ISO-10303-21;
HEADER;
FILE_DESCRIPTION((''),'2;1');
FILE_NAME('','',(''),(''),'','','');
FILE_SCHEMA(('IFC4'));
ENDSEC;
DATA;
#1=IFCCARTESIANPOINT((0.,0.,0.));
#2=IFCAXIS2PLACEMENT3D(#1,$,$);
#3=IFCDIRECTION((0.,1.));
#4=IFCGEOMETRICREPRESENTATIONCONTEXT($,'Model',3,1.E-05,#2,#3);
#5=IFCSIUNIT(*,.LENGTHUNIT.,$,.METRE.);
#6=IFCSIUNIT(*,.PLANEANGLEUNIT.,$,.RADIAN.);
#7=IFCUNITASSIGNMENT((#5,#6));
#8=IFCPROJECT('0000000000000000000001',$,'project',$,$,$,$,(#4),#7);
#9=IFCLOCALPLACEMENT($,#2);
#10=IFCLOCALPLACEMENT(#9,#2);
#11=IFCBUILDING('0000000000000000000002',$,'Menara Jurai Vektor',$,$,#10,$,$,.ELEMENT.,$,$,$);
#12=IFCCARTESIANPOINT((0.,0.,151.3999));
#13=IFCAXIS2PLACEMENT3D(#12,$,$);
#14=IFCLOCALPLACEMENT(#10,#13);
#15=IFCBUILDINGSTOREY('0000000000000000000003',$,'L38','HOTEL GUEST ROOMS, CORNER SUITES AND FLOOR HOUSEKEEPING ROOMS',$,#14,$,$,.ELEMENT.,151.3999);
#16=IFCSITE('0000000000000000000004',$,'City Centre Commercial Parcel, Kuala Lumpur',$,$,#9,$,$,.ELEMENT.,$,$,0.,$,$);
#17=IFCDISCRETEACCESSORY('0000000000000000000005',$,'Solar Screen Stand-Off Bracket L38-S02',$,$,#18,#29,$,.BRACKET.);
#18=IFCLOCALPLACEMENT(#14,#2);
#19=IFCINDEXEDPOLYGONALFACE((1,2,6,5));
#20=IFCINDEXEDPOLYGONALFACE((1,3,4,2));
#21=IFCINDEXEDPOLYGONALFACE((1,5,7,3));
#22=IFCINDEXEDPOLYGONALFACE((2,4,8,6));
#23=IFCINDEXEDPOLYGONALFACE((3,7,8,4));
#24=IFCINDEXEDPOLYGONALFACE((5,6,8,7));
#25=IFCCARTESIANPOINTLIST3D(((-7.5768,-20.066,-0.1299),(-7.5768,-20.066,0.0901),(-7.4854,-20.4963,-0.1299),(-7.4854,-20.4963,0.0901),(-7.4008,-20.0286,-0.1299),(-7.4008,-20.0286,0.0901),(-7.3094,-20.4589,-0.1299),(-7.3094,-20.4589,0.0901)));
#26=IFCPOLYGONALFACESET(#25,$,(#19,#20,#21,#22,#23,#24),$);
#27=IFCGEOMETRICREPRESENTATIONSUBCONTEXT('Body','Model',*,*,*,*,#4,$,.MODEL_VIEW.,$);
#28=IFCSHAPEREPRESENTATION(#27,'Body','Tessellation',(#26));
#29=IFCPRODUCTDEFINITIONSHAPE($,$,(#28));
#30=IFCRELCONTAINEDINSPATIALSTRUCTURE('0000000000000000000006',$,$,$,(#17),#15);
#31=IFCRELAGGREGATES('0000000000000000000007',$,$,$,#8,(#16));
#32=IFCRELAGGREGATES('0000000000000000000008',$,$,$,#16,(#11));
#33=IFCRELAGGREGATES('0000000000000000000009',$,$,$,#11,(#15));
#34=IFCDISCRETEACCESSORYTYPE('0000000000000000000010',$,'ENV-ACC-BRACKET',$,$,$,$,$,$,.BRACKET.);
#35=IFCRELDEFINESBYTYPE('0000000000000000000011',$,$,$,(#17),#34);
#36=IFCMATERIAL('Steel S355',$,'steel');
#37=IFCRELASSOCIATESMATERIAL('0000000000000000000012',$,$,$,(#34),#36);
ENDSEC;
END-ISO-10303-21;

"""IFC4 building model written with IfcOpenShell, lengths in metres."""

from ifc_helpers import new_model, si_unit, direction, frame, origin, origin_2d, place, context, subcontext, project, spatial, rectangle, extrude, material, type_object, element, save


model = new_model("IFC4")

# Units and contexts
model_context = context("Model", 3, precision=1e-05, world=origin(), true_north=direction((0.0, 1.0)))
body_context = subcontext(model_context, "Body", "Model", "MODEL_VIEW")
ifc_project = project(units=[si_unit("LENGTHUNIT", "METRE"), si_unit("PLANEANGLEUNIT", "RADIAN")], contexts=[model_context])

# Site, building, storey
site_placement = place(None, origin())
site = spatial("IfcSite", under=ifc_project, at=site_placement, Name="City Centre Commercial Parcel, Kuala Lumpur", CompositionType="ELEMENT", RefElevation=0.0)
building_placement = place(site_placement, origin())
building = spatial("IfcBuilding", under=site, at=building_placement, Name="Menara Jurai Vektor", CompositionType="ELEMENT")
storey_placement = place(building_placement, frame((0.0, 0.0, 151.3999)))
storey = spatial("IfcBuildingStorey", under=building, at=storey_placement, Name="L38", Description="HOTEL GUEST ROOMS, CORNER SUITES AND FLOOR HOUSEKEEPING ROOMS", CompositionType="ELEMENT", Elevation=151.3999)

# Shared definitions
ifc_material_1 = material(Name="Steel S355", Category="steel")

# Discrete accessory
discrete_accessory_type = type_object("IfcDiscreteAccessoryType", Name="ENV-ACC-BRACKET", PredefinedType="BRACKET", material=ifc_material_1)
discrete_accessory_placement = place(storey_placement, frame((-7.4431, -20.2625, -0.1299), z_axis=(0.0, 0.0, 1.0), x_axis=(0.978148, 0.207912, 0.0)))
element("IfcDiscreteAccessory", 1, at=discrete_accessory_placement, inside=storey, type_object=discrete_accessory_type, Name="Solar Screen Stand-Off Bracket L38-S02", PredefinedType="BRACKET", context=body_context, shape_type="SweptSolid", body=[
    extrude(rectangle(XDim=0.1799, YDim=0.4399, at=origin_2d()), origin(), (0.0, 0.0, 1.0), 0.22),
])

save(model, "model.ifc")
